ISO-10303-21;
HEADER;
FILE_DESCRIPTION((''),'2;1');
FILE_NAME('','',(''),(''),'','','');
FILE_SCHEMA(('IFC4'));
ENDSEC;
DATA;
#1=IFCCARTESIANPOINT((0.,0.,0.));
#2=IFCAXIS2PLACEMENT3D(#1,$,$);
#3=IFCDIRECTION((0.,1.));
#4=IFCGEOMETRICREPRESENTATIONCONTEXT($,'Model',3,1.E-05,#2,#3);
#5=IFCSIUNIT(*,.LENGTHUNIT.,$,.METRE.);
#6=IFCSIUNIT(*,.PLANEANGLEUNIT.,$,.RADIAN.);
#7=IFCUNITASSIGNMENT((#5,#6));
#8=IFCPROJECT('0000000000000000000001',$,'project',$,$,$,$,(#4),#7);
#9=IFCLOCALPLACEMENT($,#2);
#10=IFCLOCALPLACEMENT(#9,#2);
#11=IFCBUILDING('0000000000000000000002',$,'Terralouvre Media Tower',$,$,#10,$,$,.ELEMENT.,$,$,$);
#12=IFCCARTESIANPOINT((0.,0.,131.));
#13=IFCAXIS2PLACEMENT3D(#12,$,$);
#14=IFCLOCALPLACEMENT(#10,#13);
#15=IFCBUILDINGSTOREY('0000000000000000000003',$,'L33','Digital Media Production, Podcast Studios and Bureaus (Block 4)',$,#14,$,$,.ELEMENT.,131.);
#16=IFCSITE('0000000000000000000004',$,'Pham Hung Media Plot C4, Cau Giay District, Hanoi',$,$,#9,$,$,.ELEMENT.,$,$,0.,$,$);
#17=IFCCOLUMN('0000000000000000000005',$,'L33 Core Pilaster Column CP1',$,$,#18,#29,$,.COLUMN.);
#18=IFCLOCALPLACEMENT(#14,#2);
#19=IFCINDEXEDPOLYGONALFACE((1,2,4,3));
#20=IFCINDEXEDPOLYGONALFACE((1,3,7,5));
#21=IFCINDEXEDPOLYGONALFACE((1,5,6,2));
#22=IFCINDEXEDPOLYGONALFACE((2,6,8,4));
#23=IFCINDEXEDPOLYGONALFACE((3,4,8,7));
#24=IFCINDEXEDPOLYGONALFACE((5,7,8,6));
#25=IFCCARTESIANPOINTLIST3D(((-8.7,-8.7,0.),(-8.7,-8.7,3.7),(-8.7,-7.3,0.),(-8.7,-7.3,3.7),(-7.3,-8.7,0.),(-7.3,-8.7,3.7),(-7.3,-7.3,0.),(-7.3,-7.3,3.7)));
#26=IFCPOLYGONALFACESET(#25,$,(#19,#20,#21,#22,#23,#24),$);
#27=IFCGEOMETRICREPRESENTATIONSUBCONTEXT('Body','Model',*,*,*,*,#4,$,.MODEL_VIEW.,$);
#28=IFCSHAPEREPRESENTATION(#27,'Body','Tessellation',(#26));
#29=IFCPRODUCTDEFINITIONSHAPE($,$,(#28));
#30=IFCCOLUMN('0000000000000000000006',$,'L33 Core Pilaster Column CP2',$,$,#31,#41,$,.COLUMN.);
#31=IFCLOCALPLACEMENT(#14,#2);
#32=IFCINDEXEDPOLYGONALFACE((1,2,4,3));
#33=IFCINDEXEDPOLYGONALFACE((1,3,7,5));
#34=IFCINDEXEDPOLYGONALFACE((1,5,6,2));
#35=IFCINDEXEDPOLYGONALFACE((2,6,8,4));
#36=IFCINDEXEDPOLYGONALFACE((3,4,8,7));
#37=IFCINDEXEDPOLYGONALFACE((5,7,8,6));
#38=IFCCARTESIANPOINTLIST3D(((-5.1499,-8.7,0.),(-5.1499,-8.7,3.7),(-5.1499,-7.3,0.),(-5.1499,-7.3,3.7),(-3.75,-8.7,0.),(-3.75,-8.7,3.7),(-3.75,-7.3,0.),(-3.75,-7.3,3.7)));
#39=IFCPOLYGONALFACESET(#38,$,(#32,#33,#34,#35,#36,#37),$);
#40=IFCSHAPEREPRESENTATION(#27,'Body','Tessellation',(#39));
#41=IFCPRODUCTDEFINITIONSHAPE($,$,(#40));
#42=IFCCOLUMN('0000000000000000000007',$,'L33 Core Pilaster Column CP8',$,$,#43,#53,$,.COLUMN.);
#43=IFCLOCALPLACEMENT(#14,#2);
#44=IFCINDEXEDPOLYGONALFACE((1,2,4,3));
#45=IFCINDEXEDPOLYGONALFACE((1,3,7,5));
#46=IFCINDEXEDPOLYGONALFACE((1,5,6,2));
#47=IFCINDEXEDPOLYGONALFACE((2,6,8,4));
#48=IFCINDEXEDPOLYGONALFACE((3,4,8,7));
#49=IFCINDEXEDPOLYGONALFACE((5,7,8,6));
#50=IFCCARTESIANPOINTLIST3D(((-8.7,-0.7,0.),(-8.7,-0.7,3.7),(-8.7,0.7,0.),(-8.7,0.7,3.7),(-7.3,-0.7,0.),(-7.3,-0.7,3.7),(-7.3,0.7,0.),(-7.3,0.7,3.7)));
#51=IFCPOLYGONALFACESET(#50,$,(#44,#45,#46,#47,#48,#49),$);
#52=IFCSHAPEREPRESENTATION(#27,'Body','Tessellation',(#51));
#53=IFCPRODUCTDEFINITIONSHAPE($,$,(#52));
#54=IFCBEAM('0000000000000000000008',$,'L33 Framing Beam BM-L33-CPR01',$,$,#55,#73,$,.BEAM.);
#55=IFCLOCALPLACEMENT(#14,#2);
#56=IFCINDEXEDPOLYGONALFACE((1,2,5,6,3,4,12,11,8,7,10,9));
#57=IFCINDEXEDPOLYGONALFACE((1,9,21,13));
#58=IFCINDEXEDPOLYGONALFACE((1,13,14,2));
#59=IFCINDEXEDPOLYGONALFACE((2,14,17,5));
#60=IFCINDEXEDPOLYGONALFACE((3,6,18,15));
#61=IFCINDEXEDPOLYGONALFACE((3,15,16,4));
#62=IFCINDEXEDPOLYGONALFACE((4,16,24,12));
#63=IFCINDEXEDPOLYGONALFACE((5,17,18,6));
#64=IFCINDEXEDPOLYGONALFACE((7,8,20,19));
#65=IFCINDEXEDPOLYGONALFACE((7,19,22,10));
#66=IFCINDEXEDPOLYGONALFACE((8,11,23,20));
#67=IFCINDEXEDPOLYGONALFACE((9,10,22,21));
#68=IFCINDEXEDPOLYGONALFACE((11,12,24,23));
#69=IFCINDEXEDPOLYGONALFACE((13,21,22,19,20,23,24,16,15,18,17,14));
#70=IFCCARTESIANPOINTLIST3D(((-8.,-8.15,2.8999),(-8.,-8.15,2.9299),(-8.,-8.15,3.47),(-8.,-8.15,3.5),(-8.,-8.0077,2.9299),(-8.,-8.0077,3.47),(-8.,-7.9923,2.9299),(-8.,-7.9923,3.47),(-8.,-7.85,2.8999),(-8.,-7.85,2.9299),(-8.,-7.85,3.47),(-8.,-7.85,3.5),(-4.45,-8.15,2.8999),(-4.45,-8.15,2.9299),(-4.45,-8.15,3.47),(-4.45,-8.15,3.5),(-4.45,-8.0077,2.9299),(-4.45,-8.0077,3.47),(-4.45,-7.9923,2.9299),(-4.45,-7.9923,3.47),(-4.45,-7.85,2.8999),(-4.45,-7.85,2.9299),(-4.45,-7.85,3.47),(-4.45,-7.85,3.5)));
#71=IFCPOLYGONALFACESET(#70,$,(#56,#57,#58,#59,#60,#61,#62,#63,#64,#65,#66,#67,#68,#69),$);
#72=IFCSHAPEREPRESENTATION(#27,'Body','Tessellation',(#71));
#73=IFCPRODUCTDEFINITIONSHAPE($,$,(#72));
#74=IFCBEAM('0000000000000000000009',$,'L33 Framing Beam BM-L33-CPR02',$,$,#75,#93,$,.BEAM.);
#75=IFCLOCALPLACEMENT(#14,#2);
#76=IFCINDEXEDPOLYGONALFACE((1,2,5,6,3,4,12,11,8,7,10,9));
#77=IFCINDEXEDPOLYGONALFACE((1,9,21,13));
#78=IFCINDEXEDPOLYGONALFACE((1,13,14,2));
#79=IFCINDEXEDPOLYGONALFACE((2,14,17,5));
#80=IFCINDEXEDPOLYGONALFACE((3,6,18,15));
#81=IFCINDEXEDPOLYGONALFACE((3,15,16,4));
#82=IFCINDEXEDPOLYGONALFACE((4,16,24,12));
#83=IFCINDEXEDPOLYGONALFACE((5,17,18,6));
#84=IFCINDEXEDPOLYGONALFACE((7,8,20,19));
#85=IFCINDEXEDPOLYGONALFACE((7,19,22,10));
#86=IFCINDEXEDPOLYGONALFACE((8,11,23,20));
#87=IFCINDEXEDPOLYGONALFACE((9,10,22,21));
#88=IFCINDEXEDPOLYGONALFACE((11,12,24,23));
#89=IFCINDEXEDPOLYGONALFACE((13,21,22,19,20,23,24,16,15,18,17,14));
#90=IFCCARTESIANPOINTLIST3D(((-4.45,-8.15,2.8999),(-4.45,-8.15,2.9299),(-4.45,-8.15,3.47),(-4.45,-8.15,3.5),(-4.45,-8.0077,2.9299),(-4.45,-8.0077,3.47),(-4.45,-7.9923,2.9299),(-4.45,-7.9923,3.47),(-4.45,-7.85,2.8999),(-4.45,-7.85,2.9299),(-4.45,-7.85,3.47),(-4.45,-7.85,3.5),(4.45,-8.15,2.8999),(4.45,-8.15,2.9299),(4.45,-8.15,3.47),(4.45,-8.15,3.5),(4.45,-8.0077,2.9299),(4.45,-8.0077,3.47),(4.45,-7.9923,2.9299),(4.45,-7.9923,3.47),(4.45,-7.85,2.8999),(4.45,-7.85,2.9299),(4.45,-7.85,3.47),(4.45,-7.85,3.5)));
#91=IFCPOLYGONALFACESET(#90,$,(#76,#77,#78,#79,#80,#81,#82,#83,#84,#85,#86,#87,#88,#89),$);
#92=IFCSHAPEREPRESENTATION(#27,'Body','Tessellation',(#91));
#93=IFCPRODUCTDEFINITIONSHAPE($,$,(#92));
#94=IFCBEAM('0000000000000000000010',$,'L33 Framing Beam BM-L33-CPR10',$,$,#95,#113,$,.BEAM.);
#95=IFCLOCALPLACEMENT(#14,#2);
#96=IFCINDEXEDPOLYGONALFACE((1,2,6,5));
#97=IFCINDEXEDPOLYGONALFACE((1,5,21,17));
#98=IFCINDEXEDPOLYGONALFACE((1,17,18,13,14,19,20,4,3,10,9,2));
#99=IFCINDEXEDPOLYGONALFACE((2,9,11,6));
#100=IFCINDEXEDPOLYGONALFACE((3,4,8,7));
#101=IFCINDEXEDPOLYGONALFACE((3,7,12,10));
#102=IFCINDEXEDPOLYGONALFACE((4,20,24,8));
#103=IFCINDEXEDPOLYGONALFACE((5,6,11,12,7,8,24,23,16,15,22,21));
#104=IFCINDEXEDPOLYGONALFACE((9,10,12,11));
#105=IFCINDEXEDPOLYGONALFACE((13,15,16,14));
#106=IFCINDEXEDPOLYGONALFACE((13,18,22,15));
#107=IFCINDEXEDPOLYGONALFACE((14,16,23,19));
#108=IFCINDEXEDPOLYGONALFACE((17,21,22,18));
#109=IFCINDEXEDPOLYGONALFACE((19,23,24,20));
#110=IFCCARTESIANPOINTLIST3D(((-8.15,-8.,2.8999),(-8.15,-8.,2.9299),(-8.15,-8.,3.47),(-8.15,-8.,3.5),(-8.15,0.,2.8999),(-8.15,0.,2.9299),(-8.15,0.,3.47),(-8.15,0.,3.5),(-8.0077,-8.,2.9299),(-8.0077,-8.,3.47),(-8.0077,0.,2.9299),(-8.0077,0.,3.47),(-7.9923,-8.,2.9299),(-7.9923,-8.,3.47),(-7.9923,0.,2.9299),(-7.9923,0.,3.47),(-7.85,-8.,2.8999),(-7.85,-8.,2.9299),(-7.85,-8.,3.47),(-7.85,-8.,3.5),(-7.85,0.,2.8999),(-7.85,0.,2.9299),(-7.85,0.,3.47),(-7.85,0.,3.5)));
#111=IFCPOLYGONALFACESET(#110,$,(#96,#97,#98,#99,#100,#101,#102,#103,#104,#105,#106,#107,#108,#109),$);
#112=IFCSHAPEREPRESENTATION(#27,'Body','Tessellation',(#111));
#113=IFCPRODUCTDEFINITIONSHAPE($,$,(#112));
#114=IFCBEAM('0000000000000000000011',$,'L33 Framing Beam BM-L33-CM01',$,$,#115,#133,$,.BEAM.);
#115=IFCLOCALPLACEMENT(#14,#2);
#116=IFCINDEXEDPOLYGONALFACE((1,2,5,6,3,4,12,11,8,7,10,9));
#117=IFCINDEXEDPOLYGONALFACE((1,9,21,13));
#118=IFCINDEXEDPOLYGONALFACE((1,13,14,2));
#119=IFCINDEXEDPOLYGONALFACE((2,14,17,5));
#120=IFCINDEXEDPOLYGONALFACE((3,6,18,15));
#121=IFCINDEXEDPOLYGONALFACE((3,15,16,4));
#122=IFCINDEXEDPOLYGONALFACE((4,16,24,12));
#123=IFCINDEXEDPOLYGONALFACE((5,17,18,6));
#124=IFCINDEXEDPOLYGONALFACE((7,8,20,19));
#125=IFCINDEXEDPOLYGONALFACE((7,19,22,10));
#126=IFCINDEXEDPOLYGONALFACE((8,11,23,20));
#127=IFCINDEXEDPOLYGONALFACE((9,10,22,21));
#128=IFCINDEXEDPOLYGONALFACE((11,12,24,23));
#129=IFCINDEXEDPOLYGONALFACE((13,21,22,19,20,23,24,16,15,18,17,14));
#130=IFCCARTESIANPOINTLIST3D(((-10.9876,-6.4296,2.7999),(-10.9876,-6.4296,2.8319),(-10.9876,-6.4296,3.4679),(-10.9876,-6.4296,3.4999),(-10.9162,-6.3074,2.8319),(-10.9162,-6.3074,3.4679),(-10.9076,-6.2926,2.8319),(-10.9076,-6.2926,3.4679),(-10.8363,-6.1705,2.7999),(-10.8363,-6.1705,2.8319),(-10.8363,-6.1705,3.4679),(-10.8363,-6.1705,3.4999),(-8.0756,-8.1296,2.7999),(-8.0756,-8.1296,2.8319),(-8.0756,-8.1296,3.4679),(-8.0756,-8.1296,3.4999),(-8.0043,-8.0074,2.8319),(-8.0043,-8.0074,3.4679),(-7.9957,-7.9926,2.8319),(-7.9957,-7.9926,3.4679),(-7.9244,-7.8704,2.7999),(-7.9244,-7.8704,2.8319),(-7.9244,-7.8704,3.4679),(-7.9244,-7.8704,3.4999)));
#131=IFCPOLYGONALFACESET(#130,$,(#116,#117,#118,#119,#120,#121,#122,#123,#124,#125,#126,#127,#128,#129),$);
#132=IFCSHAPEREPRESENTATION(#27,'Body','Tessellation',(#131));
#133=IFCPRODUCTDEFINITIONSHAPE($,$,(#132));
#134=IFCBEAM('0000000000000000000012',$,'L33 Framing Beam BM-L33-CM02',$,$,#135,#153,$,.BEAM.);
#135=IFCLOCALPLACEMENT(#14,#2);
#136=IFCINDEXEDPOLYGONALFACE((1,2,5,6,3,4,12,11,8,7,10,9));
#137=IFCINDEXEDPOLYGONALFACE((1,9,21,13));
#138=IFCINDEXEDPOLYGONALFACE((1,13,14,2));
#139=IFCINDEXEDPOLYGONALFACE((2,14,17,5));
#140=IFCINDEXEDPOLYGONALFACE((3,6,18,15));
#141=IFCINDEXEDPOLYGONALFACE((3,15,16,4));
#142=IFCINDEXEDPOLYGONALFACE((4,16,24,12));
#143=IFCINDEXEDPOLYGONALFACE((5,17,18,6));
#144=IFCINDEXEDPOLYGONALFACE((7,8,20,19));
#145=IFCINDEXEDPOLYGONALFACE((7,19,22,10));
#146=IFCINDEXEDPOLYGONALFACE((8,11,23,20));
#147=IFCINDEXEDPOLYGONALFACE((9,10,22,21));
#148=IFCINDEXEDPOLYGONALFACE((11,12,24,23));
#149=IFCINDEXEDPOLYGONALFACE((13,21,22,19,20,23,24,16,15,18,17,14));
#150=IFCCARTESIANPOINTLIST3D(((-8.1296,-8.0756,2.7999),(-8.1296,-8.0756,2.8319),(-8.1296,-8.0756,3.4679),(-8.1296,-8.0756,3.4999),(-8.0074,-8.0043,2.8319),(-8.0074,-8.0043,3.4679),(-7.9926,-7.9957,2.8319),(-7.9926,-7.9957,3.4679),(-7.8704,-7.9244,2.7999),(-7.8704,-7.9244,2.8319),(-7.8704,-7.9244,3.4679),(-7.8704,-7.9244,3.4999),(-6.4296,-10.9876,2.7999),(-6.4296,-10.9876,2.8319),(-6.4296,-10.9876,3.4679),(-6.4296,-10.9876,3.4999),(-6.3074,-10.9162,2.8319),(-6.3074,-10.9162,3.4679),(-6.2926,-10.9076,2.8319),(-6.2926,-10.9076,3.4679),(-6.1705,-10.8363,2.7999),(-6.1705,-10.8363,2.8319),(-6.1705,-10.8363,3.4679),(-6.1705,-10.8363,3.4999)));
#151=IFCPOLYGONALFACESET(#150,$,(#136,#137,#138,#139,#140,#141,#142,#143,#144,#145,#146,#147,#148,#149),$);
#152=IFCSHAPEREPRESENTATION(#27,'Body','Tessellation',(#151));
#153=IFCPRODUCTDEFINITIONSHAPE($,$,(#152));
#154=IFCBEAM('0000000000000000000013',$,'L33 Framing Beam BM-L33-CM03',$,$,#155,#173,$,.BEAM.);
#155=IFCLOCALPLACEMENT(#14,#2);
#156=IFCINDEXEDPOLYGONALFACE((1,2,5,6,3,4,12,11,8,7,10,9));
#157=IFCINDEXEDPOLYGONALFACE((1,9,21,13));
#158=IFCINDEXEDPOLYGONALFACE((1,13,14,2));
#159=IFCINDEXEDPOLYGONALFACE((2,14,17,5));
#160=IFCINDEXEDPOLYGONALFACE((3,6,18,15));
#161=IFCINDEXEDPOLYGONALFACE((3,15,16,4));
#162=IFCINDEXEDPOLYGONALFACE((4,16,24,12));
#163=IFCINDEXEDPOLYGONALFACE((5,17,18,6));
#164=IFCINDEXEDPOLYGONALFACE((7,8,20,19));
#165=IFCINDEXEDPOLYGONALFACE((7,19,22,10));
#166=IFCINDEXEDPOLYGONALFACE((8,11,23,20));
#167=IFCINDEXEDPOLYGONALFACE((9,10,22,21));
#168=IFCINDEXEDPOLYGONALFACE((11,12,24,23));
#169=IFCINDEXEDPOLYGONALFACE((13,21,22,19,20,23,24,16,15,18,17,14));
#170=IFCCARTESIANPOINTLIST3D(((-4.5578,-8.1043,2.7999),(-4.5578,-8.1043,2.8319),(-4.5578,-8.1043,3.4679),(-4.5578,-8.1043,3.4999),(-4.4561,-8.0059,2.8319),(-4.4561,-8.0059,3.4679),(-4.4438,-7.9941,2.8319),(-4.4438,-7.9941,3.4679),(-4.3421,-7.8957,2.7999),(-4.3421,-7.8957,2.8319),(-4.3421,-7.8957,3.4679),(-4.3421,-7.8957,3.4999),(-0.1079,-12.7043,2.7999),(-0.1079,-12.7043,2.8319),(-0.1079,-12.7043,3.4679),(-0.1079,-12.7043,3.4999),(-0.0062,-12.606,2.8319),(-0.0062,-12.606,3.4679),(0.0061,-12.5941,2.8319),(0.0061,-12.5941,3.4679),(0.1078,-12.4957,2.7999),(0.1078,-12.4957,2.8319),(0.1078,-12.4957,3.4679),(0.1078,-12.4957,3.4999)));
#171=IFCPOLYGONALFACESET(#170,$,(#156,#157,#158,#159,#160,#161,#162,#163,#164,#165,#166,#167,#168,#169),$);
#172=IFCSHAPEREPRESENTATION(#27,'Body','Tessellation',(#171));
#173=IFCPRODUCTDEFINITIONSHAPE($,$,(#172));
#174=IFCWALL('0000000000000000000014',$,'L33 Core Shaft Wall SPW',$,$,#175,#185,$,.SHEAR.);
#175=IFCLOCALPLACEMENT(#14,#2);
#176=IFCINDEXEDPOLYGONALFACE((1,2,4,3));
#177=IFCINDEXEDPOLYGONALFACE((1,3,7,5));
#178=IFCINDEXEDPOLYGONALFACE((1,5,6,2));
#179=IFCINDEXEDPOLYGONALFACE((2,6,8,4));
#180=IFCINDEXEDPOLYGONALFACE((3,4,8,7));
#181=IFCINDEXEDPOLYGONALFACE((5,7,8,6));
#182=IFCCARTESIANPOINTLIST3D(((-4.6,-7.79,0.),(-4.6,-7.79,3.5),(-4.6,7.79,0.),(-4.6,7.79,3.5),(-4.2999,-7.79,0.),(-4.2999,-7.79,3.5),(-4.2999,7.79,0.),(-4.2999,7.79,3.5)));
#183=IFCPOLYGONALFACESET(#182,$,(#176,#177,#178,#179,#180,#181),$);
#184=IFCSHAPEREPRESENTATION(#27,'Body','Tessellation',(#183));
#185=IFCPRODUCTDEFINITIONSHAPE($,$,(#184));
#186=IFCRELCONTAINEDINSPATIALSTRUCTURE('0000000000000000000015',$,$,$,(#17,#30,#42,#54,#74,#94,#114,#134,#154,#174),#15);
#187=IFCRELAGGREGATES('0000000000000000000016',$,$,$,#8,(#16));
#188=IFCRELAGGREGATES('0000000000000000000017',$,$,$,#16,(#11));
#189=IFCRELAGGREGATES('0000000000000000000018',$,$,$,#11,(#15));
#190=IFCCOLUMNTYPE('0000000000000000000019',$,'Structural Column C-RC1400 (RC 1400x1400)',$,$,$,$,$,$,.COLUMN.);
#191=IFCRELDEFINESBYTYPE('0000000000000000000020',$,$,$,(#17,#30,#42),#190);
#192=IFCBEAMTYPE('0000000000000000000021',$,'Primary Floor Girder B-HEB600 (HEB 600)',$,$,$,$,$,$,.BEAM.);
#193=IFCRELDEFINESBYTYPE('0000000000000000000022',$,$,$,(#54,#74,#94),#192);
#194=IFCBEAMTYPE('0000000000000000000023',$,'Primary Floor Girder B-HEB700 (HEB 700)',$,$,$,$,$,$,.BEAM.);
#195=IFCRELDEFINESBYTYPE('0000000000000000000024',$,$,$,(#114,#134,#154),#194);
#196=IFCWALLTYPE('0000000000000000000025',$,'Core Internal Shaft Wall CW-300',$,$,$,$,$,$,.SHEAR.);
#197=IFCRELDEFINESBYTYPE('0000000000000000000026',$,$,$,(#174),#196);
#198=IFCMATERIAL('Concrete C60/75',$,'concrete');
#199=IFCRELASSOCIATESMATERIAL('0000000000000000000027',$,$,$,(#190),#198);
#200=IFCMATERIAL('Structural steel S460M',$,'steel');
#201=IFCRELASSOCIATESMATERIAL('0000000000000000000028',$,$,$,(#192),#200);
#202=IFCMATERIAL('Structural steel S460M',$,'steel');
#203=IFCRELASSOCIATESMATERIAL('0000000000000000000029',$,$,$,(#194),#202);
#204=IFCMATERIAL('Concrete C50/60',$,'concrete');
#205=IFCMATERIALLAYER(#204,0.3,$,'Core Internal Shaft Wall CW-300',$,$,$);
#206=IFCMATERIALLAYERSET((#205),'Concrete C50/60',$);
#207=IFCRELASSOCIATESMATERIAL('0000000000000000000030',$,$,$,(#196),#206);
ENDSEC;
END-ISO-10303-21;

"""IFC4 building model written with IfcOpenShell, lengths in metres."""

from ifc_helpers import new_model, si_unit, direction, frame, frame_2d, origin, origin_2d, place, context, subcontext, project, spatial, rectangle, i_section, extrude, material, layer, layer_set, material_profile, profile_set, type_object, element, save


model = new_model("IFC4")

# Units and contexts
model_context = context("Model", 3, precision=1e-05, world=origin(), true_north=direction((0.0, 1.0)))
body_context = subcontext(model_context, "Body", "Model", "MODEL_VIEW")
ifc_project = project(units=[si_unit("LENGTHUNIT", "METRE"), si_unit("PLANEANGLEUNIT", "RADIAN")], contexts=[model_context])

# Site, building, storey
site_placement = place(None, origin())
site = spatial("IfcSite", under=ifc_project, at=site_placement, Name="Pham Hung Media Plot C4, Cau Giay District, Hanoi", CompositionType="ELEMENT", RefElevation=0.0)
building_placement = place(site_placement, origin())
building = spatial("IfcBuilding", under=site, at=building_placement, Name="Terralouvre Media Tower", CompositionType="ELEMENT")
storey_placement = place(building_placement, frame((0.0, 0.0, 131.0)))
storey = spatial("IfcBuildingStorey", under=building, at=storey_placement, Name="L33", Description="Digital Media Production, Podcast Studios and Bureaus (Block 4)", CompositionType="ELEMENT", Elevation=131.0)

# Columns
ifc_material_1 = material(Name="Concrete C60/75", Category="concrete")
ifc_material_profile_1 = material_profile(ifc_material_1, rectangle(XDim=1.3999, YDim=1.3999, at=origin_2d()), Name="RC 1400x1400")
ifc_profile_set_1 = profile_set([ifc_material_profile_1], Name="Concrete C60/75")
column_type = type_object("IfcColumnType", Name="Structural Column C-RC1400 (RC 1400x1400)", PredefinedType="COLUMN", material=ifc_profile_set_1)
for number, where, z_axis, x_axis, name in (
    (1, (-8.0, -8.0, 0.0), (0.0, 0.0, 1.0), (1.0, 0.0, 0.0), "L33 Core Pilaster Column CP1"),
    (2, (-4.45, -8.0, 0.0), (0.0, 0.0, 1.0), (1.0, 0.0, 0.0), "L33 Core Pilaster Column CP2"),
    (3, (-8.0, 0.0, 0.0), (0.0, 0.0, 1.0), (1.0, 0.0, 0.0), "L33 Core Pilaster Column CP8"),
):
    element("IfcColumn", number, at=place(storey_placement, frame(where, z_axis=z_axis, x_axis=x_axis)), inside=storey, type_object=column_type, Name=name, PredefinedType="COLUMN", context=body_context, shape_type="SweptSolid", body=[
        extrude(rectangle(XDim=1.3999, YDim=1.3999, at=origin_2d()), origin(), (0.0, 0.0, 1.0), 3.7),
    ])

# Beams
ifc_material_2 = material(Name="Structural steel S460M", Category="steel")
ifc_material_profile_2 = material_profile(ifc_material_2, i_section(OverallWidth=0.3, OverallDepth=0.6001, WebThickness=0.0154, FlangeThickness=0.03, at=origin_2d()), Name="HEB 600")
ifc_profile_set_2 = profile_set([ifc_material_profile_2], Name="Structural steel S460M")
beam_type_1 = type_object("IfcBeamType", Name="Primary Floor Girder B-HEB600 (HEB 600)", PredefinedType="BEAM", material=ifc_profile_set_2)
beam_1_placement = place(storey_placement, frame((-8.0, -8.0, 3.2), z_axis=(1.0, 0.0, 0.0), x_axis=(0.0, 1.0, 0.0)))
element("IfcBeam", 4, at=beam_1_placement, inside=storey, type_object=beam_type_1, Name="L33 Framing Beam BM-L33-CPR01", PredefinedType="BEAM", context=body_context, shape_type="SweptSolid", body=[
    extrude(i_section(OverallWidth=0.3, OverallDepth=0.6001, WebThickness=0.0154, FlangeThickness=0.03, at=origin_2d()), origin(), (0.0, 0.0, 1.0), 3.55),
])
beam_2_placement = place(storey_placement, frame((-4.45, -8.0, 3.2), z_axis=(1.0, 0.0, 0.0), x_axis=(0.0, 1.0, 0.0)))
element("IfcBeam", 5, at=beam_2_placement, inside=storey, type_object=beam_type_1, Name="L33 Framing Beam BM-L33-CPR02", PredefinedType="BEAM", context=body_context, shape_type="SweptSolid", body=[
    extrude(i_section(OverallWidth=0.3, OverallDepth=0.6001, WebThickness=0.0154, FlangeThickness=0.03, at=origin_2d()), origin(), (0.0, 0.0, 1.0), 8.8999),
])
beam_3_placement = place(storey_placement, frame((-8.0, 0.0, 3.2), z_axis=(0.0, -1.0, 0.0), x_axis=(1.0, 0.0, 0.0)))
element("IfcBeam", 6, at=beam_3_placement, inside=storey, type_object=beam_type_1, Name="L33 Framing Beam BM-L33-CPR10", PredefinedType="BEAM", context=body_context, shape_type="SweptSolid", body=[
    extrude(i_section(OverallWidth=0.3, OverallDepth=0.6001, WebThickness=0.0154, FlangeThickness=0.03, at=origin_2d()), origin(), (0.0, 0.0, 1.0), 8.0),
])
ifc_material_3 = material(Name="Structural steel S460M", Category="steel")
ifc_material_profile_3 = material_profile(ifc_material_3, i_section(OverallWidth=0.3, OverallDepth=0.7, WebThickness=0.0171, FlangeThickness=0.032, at=origin_2d()), Name="HEB 700")
ifc_profile_set_3 = profile_set([ifc_material_profile_3], Name="Structural steel S460M")
beam_type_2 = type_object("IfcBeamType", Name="Primary Floor Girder B-HEB700 (HEB 700)", PredefinedType="BEAM", material=ifc_profile_set_3)
for number, where, z_axis, x_axis, name in (
    (7, (-8.0, -8.0, 3.1499), (-0.863603, 0.504173, 0.0), (-0.504173, -0.863603, 0.0), "L33 Framing Beam BM-L33-CM01"),
    (8, (-8.0, -8.0, 3.1499), (0.504173, -0.863603, 0.0), (0.863603, 0.504173, 0.0), "L33 Framing Beam BM-L33-CM02"),
):
    element("IfcBeam", number, at=place(storey_placement, frame(where, z_axis=z_axis, x_axis=x_axis)), inside=storey, type_object=beam_type_2, Name=name, PredefinedType="BEAM", context=body_context, shape_type="SweptSolid", body=[
        extrude(i_section(OverallWidth=0.3, OverallDepth=0.7, WebThickness=0.0171, FlangeThickness=0.032, at=origin_2d()), origin(), (0.0, 0.0, 1.0), 3.3718),
    ])
beam_4_placement = place(storey_placement, frame((-4.45, -8.0, 3.1499), z_axis=(0.69528, -0.718739, 0.0), x_axis=(0.718739, 0.69528, 0.0)))
element("IfcBeam", 9, at=beam_4_placement, inside=storey, type_object=beam_type_2, Name="L33 Framing Beam BM-L33-CM03", PredefinedType="BEAM", context=body_context, shape_type="SweptSolid", body=[
    extrude(i_section(OverallWidth=0.3, OverallDepth=0.7, WebThickness=0.0171, FlangeThickness=0.032, at=origin_2d()), origin(), (0.0, 0.0, 1.0), 6.4001),
])

# Wall
ifc_material_4 = material(Name="Concrete C50/60", Category="concrete")
ifc_layer_1 = layer(ifc_material_4, 0.3, Name="Core Internal Shaft Wall CW-300")
ifc_layer_set_1 = layer_set([ifc_layer_1], Name="Concrete C50/60")
wall_type_1 = type_object("IfcWallType", Name="Core Internal Shaft Wall CW-300", PredefinedType="SHEAR", material=ifc_layer_set_1)
wall_1_placement = place(storey_placement, frame((-4.45, -7.79, 0.0), z_axis=(0.0, 0.0, 1.0), x_axis=(0.0, 1.0, 0.0)))
element("IfcWall", 10, at=wall_1_placement, inside=storey, type_object=wall_type_1, Name="L33 Core Shaft Wall SPW", PredefinedType="SHEAR", context=body_context, shape_type="SweptSolid", body=[
    extrude(rectangle(XDim=15.5801, YDim=0.3, at=frame_2d((7.79, 0.0))), origin(), (0.0, 0.0, 1.0), 3.5),
])

save(model, "model.ifc")
